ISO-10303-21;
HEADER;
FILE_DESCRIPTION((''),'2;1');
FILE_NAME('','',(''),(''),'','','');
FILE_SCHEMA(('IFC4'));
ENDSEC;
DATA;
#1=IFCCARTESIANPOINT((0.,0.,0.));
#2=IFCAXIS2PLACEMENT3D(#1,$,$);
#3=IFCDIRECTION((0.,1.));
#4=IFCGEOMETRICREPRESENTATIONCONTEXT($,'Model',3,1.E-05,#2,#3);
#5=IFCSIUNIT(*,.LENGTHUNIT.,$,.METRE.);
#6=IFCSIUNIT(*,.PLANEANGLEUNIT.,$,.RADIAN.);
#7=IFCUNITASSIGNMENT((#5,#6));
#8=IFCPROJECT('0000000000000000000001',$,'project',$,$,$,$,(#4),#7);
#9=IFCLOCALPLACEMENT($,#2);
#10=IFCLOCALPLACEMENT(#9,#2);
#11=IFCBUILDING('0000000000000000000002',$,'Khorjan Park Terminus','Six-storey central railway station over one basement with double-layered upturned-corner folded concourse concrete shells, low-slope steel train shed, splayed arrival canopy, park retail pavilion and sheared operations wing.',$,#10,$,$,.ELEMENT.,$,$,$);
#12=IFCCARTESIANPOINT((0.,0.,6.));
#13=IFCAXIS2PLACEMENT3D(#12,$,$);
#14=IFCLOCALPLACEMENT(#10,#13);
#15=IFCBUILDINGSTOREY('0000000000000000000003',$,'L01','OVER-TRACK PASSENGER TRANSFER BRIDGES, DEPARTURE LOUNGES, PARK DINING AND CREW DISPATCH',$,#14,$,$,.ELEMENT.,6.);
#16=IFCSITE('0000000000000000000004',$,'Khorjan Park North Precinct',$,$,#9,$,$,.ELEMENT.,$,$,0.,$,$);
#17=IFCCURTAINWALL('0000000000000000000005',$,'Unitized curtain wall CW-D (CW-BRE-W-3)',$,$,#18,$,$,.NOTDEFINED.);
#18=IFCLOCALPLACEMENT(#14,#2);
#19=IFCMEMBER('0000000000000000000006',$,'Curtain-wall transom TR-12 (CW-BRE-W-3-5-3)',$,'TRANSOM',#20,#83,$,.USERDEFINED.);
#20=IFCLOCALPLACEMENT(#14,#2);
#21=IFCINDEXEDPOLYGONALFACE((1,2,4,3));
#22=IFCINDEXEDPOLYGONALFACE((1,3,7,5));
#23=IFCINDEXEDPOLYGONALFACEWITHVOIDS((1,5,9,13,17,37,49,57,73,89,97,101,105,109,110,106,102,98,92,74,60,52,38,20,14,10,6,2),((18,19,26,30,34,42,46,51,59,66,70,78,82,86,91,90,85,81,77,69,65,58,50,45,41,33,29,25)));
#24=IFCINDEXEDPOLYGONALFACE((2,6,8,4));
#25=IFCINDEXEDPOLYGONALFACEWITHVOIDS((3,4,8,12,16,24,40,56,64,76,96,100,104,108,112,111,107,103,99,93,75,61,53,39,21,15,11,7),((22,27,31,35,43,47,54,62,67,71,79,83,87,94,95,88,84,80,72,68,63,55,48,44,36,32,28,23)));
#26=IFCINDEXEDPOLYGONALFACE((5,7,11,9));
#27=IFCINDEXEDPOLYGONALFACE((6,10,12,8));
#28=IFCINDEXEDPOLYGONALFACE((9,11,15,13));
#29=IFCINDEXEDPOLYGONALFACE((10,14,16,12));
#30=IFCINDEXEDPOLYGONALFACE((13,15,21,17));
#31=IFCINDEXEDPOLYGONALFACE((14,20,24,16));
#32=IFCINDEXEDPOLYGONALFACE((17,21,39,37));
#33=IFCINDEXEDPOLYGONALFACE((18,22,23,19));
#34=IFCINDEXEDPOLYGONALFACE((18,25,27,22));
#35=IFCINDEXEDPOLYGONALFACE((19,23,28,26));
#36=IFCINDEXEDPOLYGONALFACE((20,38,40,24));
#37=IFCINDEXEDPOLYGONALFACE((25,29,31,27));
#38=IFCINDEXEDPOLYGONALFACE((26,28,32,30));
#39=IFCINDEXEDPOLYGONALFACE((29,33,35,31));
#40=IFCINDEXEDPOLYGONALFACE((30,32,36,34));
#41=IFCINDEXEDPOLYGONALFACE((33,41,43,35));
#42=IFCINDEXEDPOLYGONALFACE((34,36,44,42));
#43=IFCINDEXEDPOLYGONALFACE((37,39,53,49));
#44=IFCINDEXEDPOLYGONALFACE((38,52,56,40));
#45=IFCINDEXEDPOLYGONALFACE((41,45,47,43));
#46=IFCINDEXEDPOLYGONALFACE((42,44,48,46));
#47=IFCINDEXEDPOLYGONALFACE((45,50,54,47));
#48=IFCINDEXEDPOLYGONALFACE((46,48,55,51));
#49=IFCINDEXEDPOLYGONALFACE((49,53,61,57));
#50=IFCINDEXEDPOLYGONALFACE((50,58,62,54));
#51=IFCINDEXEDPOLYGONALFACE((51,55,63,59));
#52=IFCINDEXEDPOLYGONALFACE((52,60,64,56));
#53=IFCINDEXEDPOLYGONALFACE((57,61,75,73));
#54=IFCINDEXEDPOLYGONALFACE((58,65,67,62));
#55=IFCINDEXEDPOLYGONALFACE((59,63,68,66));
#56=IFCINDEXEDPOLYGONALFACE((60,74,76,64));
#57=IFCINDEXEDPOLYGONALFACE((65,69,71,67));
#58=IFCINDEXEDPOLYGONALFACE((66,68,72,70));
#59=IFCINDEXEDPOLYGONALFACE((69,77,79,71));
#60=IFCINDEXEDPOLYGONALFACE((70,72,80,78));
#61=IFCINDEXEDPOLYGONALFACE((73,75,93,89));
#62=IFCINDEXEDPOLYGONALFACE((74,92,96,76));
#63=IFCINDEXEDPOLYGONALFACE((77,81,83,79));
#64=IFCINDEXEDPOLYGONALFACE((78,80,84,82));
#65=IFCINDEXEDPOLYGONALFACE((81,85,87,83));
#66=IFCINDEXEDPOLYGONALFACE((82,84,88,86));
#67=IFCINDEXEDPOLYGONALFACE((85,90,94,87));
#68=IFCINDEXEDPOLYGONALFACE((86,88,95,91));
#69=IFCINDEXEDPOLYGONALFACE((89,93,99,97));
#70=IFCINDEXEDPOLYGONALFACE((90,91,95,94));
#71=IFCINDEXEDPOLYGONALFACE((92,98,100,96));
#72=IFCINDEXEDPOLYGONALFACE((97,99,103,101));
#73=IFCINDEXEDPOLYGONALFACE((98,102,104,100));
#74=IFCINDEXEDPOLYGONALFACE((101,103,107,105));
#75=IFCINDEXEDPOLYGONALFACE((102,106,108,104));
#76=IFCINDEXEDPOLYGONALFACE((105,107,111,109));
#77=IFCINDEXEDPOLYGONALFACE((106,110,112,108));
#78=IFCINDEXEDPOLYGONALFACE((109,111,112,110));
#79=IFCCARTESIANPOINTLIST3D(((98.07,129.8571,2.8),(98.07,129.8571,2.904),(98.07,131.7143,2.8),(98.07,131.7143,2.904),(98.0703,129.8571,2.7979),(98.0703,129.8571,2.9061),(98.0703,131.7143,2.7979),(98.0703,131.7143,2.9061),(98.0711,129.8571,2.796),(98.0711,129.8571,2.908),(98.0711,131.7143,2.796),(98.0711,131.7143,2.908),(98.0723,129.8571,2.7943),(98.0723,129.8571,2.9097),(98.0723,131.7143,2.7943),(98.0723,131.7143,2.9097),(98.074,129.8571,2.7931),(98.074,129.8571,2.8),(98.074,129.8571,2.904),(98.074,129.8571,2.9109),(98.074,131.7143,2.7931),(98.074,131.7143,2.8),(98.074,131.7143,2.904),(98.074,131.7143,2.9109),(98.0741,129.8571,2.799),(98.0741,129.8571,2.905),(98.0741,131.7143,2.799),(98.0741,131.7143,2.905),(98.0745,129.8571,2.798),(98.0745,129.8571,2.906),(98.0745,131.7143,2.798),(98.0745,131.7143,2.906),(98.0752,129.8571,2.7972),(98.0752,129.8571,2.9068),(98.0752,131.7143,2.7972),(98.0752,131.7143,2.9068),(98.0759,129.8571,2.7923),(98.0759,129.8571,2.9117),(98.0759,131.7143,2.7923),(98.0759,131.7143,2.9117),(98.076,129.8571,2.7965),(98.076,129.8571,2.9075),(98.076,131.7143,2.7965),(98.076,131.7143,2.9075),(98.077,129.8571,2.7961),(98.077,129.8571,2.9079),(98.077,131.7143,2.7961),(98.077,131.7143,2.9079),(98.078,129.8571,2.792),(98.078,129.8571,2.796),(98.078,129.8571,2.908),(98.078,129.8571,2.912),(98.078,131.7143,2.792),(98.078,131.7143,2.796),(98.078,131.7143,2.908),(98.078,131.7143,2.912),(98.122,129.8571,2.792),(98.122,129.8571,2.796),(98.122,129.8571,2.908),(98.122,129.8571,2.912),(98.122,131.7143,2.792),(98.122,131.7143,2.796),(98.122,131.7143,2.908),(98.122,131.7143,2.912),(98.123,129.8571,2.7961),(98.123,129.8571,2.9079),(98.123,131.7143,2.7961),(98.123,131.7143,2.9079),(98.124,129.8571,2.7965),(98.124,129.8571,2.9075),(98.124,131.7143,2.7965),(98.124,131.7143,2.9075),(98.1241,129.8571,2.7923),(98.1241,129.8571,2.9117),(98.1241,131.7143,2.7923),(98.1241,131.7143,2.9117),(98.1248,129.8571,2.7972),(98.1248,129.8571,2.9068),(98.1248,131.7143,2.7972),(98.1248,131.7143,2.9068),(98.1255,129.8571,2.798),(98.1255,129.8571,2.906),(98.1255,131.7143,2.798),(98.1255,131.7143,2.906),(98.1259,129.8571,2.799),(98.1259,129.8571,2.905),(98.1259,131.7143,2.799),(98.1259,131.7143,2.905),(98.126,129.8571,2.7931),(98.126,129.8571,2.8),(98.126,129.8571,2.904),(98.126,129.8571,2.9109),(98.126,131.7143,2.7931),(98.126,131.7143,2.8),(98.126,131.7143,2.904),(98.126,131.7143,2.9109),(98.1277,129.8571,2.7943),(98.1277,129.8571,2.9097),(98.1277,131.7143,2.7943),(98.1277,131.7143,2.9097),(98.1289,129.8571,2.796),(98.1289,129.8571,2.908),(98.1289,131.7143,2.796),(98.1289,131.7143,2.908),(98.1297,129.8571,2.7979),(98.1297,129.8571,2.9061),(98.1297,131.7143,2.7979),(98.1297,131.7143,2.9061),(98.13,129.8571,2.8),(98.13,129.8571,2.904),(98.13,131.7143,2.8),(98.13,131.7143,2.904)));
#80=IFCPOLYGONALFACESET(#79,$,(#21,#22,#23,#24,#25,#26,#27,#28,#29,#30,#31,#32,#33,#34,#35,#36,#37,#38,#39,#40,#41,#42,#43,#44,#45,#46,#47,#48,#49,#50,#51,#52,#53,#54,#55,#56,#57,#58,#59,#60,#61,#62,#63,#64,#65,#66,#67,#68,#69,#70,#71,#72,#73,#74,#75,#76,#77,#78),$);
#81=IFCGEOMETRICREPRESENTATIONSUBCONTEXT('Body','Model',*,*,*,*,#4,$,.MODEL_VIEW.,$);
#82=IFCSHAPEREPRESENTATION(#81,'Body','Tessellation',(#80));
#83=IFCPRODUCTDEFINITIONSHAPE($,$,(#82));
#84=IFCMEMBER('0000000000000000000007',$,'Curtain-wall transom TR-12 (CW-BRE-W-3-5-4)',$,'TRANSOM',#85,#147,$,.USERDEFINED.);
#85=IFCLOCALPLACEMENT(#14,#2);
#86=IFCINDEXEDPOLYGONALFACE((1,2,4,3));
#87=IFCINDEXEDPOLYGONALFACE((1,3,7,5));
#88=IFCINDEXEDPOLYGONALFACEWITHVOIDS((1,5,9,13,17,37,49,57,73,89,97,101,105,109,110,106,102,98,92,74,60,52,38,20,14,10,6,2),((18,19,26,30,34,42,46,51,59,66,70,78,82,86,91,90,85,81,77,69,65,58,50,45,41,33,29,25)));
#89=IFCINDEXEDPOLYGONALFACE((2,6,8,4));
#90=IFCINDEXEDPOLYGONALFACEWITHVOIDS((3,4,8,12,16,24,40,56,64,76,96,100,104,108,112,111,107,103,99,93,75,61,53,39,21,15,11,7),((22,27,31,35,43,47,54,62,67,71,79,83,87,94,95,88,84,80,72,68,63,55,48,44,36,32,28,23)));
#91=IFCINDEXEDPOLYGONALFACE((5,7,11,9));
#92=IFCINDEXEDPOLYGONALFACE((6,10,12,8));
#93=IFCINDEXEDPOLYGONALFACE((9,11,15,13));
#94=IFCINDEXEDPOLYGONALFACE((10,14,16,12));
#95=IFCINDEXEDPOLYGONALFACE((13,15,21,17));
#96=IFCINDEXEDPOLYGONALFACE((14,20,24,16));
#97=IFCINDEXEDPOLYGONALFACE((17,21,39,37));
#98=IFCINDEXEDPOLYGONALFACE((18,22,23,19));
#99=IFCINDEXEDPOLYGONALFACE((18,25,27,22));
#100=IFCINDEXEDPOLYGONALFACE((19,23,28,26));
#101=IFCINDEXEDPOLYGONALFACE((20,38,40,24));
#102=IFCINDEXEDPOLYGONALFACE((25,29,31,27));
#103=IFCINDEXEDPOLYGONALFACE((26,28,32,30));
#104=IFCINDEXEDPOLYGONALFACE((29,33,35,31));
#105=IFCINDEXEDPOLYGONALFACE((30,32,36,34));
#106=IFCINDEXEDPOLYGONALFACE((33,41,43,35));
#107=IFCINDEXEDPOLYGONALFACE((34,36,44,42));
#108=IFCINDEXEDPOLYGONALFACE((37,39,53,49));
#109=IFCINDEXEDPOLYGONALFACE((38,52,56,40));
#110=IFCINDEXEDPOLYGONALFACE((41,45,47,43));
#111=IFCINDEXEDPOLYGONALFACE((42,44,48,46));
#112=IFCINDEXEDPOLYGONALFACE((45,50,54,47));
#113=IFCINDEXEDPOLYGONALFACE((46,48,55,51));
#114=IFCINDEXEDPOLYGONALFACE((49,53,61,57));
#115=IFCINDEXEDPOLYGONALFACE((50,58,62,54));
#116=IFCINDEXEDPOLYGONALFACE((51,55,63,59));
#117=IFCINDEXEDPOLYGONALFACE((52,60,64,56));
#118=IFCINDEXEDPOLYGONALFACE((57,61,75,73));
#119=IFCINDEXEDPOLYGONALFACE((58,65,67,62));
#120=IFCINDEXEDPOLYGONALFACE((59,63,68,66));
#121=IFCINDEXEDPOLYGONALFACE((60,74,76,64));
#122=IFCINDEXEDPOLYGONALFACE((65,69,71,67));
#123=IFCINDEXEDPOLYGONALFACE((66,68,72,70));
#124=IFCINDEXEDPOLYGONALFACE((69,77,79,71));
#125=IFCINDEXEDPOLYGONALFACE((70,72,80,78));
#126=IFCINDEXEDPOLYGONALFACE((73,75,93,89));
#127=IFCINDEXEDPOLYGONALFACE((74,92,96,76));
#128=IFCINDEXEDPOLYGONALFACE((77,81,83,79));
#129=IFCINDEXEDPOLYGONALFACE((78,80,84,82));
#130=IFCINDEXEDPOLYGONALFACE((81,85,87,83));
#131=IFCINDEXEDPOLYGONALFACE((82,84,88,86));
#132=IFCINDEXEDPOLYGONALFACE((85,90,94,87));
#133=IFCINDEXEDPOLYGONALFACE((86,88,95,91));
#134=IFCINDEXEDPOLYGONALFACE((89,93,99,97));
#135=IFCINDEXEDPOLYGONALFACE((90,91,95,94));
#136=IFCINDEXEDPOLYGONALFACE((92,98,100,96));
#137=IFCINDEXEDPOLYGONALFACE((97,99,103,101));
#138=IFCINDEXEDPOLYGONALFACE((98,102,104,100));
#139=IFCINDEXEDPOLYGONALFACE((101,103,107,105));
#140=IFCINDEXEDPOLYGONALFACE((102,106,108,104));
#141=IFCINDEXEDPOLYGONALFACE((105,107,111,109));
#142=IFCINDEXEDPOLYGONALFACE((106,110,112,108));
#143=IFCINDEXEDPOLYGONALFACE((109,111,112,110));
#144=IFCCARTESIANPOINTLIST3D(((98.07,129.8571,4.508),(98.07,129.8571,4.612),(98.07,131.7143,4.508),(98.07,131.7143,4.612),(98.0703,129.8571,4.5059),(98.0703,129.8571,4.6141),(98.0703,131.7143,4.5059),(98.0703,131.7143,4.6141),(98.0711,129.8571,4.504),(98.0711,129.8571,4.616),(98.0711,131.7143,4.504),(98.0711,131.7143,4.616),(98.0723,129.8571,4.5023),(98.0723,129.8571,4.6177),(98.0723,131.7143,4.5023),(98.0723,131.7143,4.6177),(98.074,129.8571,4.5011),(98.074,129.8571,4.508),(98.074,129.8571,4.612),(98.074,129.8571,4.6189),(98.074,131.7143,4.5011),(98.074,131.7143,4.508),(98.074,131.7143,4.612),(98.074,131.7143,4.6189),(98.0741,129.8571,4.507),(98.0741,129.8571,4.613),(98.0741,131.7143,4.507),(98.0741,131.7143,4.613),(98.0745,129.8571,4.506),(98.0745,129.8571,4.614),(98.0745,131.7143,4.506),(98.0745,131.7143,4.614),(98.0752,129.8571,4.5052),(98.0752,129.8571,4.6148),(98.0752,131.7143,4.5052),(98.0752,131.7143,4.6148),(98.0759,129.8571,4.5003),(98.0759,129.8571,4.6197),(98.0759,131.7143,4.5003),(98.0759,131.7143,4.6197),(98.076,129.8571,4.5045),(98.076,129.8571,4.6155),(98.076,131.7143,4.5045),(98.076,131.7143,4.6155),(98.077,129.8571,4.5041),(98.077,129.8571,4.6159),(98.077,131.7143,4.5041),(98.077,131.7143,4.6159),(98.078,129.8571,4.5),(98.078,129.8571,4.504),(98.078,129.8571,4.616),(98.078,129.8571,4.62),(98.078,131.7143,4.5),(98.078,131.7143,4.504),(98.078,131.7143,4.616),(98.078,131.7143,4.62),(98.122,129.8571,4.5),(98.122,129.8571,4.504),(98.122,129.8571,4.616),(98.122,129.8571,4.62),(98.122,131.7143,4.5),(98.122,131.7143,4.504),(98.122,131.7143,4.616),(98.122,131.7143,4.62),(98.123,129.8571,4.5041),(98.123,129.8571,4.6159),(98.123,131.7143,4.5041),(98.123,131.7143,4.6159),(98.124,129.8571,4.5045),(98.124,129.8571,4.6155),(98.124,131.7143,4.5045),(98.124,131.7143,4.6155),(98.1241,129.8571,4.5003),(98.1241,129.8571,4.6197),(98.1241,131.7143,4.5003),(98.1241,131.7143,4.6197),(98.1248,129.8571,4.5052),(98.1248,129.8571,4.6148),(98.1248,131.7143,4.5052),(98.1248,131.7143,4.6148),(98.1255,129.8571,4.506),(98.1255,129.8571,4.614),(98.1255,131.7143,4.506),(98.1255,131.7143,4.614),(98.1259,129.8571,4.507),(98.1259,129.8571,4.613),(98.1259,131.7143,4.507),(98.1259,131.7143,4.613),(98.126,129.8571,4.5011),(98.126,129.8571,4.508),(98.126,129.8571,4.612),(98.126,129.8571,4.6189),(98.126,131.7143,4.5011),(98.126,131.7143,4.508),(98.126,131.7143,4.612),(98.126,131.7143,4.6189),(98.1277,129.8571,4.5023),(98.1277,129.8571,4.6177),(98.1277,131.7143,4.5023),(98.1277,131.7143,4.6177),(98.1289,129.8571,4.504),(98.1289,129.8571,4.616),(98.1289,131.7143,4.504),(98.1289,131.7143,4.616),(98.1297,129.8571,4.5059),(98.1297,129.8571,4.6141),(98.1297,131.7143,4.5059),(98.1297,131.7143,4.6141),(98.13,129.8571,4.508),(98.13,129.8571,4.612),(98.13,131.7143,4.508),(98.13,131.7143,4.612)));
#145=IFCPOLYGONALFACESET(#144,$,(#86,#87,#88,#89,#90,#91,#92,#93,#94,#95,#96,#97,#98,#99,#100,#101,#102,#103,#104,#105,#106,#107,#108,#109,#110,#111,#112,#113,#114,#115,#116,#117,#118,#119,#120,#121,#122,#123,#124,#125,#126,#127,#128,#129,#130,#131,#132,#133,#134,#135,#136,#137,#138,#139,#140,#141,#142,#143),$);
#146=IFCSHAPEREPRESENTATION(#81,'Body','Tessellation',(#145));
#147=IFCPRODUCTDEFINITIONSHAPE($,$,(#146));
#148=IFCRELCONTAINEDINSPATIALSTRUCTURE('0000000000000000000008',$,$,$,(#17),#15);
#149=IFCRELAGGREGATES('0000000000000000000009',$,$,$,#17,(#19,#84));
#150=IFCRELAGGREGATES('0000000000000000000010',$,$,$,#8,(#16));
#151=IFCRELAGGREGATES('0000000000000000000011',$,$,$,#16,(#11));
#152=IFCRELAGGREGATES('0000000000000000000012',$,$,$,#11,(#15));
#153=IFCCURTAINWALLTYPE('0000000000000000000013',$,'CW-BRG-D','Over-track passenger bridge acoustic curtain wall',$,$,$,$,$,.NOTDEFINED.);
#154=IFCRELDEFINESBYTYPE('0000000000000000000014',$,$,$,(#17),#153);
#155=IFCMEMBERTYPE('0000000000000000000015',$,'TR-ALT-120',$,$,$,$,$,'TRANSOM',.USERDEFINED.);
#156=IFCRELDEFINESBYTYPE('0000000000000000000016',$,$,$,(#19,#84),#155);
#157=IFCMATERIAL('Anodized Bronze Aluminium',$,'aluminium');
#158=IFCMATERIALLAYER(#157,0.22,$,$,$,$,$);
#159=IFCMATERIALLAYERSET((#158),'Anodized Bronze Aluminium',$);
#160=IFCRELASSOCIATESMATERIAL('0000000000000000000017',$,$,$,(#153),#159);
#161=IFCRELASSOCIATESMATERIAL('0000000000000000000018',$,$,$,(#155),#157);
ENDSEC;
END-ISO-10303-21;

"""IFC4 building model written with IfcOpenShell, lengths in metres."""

from ifc_helpers import new_model, si_unit, direction, frame, origin, origin_2d, place, context, subcontext, project, spatial, hollow_rectangle, extrude, material, layer, layer_set, material_profile, profile_set, type_object, element, aggregate, save


model = new_model("IFC4")

# Units and contexts
model_context = context("Model", 3, precision=1e-05, world=origin(), true_north=direction((0.0, 1.0)))
body_context = subcontext(model_context, "Body", "Model", "MODEL_VIEW")
ifc_project = project(units=[si_unit("LENGTHUNIT", "METRE"), si_unit("PLANEANGLEUNIT", "RADIAN")], contexts=[model_context])

# Site, building, storey
site_placement = place(None, origin())
site = spatial("IfcSite", under=ifc_project, at=site_placement, Name="Khorjan Park North Precinct", CompositionType="ELEMENT", RefElevation=0.0)
building_placement = place(site_placement, origin())
building = spatial("IfcBuilding", under=site, at=building_placement, Name="Khorjan Park Terminus", Description="Six-storey central railway station over one basement with double-layered upturned-corner folded concourse concrete shells, low-slope steel train shed, splayed arrival canopy, park retail pavilion and sheared operations wing.", CompositionType="ELEMENT")
storey_placement = place(building_placement, frame((0.0, 0.0, 6.0)))
storey = spatial("IfcBuildingStorey", under=building, at=storey_placement, Name="L01", Description="OVER-TRACK PASSENGER TRANSFER BRIDGES, DEPARTURE LOUNGES, PARK DINING AND CREW DISPATCH", CompositionType="ELEMENT", Elevation=6.0)

# Shared definitions
ifc_material_1 = material(Name="Anodized Bronze Aluminium", Category="aluminium")
ifc_layer_1 = layer(ifc_material_1, 0.22)
ifc_layer_set_1 = layer_set([ifc_layer_1], Name="Anodized Bronze Aluminium")
curtain_wall_type = type_object("IfcCurtainWallType", Name="CW-BRG-D", Description="Over-track passenger bridge acoustic curtain wall", PredefinedType="NOTDEFINED", material=ifc_layer_set_1)

# Curtain wall
curtain_wall_1_placement = place(storey_placement, origin())
curtain_wall_1 = element("IfcCurtainWall", 1, at=curtain_wall_1_placement, inside=storey, type_object=curtain_wall_type, Name="Unitized curtain wall CW-D (CW-BRE-W-3)", PredefinedType="NOTDEFINED")

# Members
ifc_material_profile_1 = material_profile(ifc_material_1, hollow_rectangle(XDim=0.06, YDim=0.12, WallThickness=0.004, InnerFilletRadius=0.004, OuterFilletRadius=0.008, at=origin_2d()), Name="ALT 60x120x4")
ifc_profile_set_1 = profile_set([ifc_material_profile_1], Name="Anodized Bronze Aluminium")
member_type_1 = type_object("IfcMemberType", Name="TR-ALT-120", ElementType="TRANSOM", PredefinedType="USERDEFINED", material=ifc_profile_set_1)
member_1_placement = place(storey_placement, frame((98.1, 131.7143, 2.852), z_axis=(0.0, -1.0, 0.0), x_axis=(1.0, 0.0, 0.0)))
member_1 = element("IfcMember", 2, at=member_1_placement, type_object=member_type_1, Name="Curtain-wall transom TR-12 (CW-BRE-W-3-5-3)", ObjectType="TRANSOM", PredefinedType="USERDEFINED", context=body_context, shape_type="SweptSolid", body=[
    extrude(hollow_rectangle(XDim=0.06, YDim=0.12, WallThickness=0.004, InnerFilletRadius=0.004, OuterFilletRadius=0.008, at=origin_2d()), origin(), (0.0, 0.0, 1.0), 1.8572),
])
member_2_placement = place(storey_placement, frame((98.1, 131.7143, 4.56), z_axis=(0.0, -1.0, 0.0), x_axis=(1.0, 0.0, 0.0)))
member_2 = element("IfcMember", 3, at=member_2_placement, type_object=member_type_1, Name="Curtain-wall transom TR-12 (CW-BRE-W-3-5-4)", ObjectType="TRANSOM", PredefinedType="USERDEFINED", context=body_context, shape_type="SweptSolid", body=[
    extrude(hollow_rectangle(XDim=0.06, YDim=0.12, WallThickness=0.004, InnerFilletRadius=0.004, OuterFilletRadius=0.008, at=origin_2d()), origin(), (0.0, 0.0, 1.0), 1.8572),
])

aggregate(curtain_wall_1, [member_1, member_2])

save(model, "model.ifc")
